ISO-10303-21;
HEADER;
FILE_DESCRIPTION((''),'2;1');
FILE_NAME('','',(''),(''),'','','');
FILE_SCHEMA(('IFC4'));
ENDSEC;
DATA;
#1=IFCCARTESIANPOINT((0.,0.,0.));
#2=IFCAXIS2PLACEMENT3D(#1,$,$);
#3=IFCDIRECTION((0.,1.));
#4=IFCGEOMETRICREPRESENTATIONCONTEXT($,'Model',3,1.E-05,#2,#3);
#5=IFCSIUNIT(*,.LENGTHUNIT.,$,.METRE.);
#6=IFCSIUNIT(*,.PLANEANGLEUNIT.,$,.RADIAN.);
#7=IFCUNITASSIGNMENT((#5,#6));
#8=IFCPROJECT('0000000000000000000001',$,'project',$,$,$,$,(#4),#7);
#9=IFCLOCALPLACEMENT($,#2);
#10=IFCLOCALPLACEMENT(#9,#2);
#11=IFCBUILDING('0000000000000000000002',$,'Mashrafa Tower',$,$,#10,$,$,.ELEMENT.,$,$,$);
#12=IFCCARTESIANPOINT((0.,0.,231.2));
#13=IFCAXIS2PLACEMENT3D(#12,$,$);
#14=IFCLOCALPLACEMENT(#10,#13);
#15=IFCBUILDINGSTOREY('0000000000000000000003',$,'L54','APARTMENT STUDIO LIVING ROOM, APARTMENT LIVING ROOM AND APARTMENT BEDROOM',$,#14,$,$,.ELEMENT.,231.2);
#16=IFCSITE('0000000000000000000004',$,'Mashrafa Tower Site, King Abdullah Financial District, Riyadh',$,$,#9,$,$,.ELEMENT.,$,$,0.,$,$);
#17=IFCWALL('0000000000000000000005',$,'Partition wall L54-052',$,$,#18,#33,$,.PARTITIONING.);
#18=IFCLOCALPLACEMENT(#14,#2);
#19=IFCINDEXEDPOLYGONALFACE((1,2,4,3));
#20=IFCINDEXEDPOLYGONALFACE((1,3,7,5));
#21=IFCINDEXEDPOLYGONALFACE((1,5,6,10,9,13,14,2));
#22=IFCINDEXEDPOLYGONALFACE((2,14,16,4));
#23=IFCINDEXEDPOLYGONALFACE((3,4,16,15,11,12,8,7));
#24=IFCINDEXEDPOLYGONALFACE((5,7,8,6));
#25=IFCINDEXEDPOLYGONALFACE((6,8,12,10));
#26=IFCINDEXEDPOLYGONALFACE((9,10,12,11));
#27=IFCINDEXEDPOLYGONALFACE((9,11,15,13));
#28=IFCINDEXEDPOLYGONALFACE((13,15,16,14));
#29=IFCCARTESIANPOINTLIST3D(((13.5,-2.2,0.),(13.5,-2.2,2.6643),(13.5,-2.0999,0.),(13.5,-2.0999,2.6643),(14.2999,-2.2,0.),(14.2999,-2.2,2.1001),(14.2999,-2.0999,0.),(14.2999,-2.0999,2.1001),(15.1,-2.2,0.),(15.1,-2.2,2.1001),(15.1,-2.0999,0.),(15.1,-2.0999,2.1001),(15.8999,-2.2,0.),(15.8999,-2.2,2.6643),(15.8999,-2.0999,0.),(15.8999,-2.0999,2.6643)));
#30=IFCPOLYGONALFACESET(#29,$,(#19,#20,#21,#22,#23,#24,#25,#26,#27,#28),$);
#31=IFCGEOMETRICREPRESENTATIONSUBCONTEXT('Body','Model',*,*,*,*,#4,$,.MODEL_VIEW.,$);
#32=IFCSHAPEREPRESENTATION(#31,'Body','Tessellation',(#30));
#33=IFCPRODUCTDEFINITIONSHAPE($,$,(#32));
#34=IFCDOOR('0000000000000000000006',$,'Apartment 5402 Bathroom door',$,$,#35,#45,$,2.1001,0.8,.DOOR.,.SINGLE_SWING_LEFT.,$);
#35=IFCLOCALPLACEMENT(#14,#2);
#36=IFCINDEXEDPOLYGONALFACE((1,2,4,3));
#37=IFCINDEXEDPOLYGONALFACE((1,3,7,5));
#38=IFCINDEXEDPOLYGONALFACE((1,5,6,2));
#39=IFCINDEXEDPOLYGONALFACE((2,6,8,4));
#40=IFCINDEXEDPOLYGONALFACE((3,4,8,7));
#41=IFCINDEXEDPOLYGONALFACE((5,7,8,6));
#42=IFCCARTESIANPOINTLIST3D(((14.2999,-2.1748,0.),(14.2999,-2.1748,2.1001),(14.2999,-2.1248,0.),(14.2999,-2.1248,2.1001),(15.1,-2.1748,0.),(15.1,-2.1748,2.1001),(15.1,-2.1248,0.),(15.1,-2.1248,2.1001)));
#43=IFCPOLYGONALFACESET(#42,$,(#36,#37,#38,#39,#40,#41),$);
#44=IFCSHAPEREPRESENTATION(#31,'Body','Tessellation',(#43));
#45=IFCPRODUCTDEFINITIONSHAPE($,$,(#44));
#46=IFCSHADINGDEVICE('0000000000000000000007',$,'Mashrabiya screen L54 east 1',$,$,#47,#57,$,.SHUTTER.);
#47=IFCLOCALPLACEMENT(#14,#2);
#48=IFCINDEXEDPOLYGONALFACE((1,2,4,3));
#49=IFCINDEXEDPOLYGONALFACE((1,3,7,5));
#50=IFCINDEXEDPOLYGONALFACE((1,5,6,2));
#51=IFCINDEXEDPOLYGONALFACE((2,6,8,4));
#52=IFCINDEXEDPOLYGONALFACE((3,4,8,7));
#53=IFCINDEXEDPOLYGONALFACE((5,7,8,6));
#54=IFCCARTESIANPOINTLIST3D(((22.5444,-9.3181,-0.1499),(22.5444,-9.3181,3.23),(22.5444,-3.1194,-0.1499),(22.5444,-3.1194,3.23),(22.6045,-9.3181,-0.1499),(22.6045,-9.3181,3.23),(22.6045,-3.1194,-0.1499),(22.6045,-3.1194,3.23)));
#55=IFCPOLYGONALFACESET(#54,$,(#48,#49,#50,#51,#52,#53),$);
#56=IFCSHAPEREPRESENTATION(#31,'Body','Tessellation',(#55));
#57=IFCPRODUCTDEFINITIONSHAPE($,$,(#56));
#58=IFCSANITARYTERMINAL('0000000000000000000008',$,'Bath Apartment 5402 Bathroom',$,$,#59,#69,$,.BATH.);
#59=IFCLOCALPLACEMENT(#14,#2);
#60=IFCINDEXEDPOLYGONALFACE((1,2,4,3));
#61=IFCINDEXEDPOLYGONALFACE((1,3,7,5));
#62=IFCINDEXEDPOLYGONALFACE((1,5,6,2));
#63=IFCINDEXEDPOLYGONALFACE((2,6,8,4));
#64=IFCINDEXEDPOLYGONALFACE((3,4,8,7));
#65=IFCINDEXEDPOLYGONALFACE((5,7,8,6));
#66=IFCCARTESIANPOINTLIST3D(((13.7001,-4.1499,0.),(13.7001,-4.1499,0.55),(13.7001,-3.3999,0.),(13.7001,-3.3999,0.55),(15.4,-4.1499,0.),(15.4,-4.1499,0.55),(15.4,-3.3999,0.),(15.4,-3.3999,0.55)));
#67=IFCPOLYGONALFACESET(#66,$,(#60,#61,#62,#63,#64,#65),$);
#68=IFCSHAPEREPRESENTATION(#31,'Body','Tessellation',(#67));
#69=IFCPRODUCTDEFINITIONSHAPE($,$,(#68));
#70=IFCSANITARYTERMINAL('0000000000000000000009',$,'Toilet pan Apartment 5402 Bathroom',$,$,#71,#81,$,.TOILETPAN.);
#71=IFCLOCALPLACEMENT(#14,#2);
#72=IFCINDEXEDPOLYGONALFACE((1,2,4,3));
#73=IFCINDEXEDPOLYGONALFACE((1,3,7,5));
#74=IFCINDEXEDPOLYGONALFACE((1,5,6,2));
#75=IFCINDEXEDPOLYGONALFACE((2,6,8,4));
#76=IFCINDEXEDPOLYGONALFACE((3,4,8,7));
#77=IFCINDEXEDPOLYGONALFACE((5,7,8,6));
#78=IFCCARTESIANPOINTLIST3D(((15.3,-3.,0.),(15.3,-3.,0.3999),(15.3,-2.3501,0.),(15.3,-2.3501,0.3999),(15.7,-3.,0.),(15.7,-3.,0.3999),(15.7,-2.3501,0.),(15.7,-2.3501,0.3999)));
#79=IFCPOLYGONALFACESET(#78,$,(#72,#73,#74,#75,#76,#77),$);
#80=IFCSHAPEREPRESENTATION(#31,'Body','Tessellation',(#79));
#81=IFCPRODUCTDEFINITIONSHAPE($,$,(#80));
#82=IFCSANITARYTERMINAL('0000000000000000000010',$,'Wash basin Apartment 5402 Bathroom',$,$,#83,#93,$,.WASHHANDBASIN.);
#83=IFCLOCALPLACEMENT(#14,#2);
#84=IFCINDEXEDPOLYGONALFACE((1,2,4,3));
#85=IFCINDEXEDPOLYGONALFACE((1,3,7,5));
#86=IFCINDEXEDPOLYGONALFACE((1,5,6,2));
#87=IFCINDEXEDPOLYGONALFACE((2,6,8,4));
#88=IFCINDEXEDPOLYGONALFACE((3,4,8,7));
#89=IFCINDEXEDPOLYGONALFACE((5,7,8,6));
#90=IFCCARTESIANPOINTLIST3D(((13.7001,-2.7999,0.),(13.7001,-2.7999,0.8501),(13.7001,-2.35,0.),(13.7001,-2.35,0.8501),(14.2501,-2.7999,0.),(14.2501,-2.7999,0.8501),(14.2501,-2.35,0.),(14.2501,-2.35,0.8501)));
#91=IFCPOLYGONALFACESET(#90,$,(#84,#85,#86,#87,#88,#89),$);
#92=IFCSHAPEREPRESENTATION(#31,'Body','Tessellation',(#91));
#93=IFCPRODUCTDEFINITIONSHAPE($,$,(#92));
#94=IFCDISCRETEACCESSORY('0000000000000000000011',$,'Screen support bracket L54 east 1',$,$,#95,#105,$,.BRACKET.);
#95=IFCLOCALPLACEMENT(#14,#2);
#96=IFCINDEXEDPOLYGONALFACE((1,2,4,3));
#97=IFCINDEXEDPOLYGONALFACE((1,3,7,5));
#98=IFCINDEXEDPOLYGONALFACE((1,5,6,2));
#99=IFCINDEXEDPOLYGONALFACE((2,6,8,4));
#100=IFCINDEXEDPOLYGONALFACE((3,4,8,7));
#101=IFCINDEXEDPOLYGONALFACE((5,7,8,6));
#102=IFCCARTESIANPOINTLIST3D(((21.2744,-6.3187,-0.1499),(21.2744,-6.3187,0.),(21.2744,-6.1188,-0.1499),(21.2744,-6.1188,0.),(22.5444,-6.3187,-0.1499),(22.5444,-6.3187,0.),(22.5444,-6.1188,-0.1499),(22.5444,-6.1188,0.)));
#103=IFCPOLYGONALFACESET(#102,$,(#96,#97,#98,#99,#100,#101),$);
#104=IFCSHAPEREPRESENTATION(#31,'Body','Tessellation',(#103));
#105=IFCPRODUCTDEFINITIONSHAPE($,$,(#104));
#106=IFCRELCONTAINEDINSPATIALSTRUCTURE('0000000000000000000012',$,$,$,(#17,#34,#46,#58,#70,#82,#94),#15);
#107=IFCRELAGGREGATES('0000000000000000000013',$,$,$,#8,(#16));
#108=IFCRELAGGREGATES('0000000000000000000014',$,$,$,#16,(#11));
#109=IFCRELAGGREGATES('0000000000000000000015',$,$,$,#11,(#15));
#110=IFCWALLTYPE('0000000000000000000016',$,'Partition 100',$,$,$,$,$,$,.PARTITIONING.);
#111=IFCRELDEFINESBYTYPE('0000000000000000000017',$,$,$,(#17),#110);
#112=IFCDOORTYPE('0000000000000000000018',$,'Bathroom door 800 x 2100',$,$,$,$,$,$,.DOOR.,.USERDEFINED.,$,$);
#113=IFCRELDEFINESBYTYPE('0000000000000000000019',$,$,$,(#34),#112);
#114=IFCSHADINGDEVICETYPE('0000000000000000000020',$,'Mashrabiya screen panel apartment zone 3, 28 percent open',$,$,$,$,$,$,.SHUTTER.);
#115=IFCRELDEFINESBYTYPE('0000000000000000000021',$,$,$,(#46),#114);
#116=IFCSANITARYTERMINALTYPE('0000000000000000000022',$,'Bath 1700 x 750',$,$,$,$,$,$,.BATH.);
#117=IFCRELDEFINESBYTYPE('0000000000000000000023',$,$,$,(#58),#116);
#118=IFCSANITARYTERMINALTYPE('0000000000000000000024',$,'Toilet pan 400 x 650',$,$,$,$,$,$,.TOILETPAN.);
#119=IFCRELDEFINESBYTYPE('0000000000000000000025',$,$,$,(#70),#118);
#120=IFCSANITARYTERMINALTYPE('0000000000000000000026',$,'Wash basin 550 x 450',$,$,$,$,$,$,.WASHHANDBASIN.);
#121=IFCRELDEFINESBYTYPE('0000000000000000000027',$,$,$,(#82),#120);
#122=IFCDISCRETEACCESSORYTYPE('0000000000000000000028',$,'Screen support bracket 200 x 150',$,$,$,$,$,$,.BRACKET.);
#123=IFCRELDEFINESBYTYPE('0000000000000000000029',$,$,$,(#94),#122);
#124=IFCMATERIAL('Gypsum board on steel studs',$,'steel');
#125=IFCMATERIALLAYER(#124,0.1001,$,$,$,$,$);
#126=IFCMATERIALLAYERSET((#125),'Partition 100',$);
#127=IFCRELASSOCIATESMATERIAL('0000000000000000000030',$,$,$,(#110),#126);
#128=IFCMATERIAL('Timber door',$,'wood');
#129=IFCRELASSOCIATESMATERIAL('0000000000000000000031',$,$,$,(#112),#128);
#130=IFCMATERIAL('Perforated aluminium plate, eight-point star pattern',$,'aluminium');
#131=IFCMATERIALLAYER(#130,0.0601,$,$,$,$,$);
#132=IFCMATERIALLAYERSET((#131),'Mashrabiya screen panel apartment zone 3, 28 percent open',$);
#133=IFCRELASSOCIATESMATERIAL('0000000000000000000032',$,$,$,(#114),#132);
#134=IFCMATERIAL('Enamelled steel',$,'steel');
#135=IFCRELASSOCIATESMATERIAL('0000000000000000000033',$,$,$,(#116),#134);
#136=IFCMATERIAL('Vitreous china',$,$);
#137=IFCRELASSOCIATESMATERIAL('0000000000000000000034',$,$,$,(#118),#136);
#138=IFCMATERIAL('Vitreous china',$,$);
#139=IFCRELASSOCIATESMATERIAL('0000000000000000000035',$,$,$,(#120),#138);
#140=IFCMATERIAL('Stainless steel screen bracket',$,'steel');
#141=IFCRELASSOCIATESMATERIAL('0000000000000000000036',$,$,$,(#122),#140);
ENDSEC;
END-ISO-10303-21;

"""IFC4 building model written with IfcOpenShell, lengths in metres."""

from ifc_helpers import new_model, si_unit, direction, frame, frame_2d, origin, origin_2d, place, context, subcontext, project, spatial, rectangle, extrude, source, transform, mapped, material, layer, layer_set, type_object, type_shapes, element, fill, save


model = new_model("IFC4")

# Units and contexts
model_context = context("Model", 3, precision=1e-05, world=origin(), true_north=direction((0.0, 1.0)))
body_context = subcontext(model_context, "Body", "Model", "MODEL_VIEW")
ifc_project = project(units=[si_unit("LENGTHUNIT", "METRE"), si_unit("PLANEANGLEUNIT", "RADIAN")], contexts=[model_context])

# Site, building, storey
site_placement = place(None, origin())
site = spatial("IfcSite", under=ifc_project, at=site_placement, Name="Mashrafa Tower Site, King Abdullah Financial District, Riyadh", CompositionType="ELEMENT", RefElevation=0.0)
building_placement = place(site_placement, origin())
building = spatial("IfcBuilding", under=site, at=building_placement, Name="Mashrafa Tower", CompositionType="ELEMENT")
storey_placement = place(building_placement, frame((0.0, 0.0, 231.2)))
storey = spatial("IfcBuildingStorey", under=building, at=storey_placement, Name="L54", Description="APARTMENT STUDIO LIVING ROOM, APARTMENT LIVING ROOM AND APARTMENT BEDROOM", CompositionType="ELEMENT", Elevation=231.2)

# Shared definitions
ifc_material_1 = material(Name="Gypsum board on steel studs", Category="steel")
ifc_layer_1 = layer(ifc_material_1, 0.1001)
ifc_layer_set_1 = layer_set([ifc_layer_1], Name="Partition 100")
wall_type_1 = type_object("IfcWallType", Name="Partition 100", PredefinedType="PARTITIONING", material=ifc_layer_set_1)

# Wall, opening, door
wall_1_placement = place(storey_placement, frame((15.8999, -2.1499, 0.0), z_axis=(0.0, 0.0, 1.0), x_axis=(-1.0, 0.0, 0.0)))
wall_1 = element("IfcWall", 1, at=wall_1_placement, inside=storey, type_object=wall_type_1, Name="Partition wall L54-052", PredefinedType="PARTITIONING", context=body_context, shape_type="SweptSolid", body=[
    extrude(rectangle(XDim=2.3999, YDim=0.1001, at=frame_2d((1.2, 0.0))), origin(), (0.0, 0.0, 1.0), 2.6643),
])
opening_1_placement = place(wall_1_placement, frame((0.8, 0.0, 0.0)))
opening_1 = element("IfcOpeningElement", 2, at=opening_1_placement, cuts=wall_1, PredefinedType="OPENING", context=body_context, shape_type="SweptSolid", body=[
    extrude(rectangle(XDim=0.8, YDim=2.1001, at=frame_2d((0.3999, 1.05))), frame((0.0, 0.0601, 0.0), z_axis=(0.0, -1.0, 0.0), x_axis=(1.0, 0.0, 0.0)), (0.0, 0.0, 1.0), 0.1201),
])
ifc_material_2 = material(Name="Timber door", Category="wood")
door_type_1 = type_object("IfcDoorType", Name="Bathroom door 800 x 2100", OperationType="USERDEFINED", PredefinedType="DOOR", material=ifc_material_2)
door_1_placement = place(opening_1_placement, origin())
door_1 = element("IfcDoor", 3, at=door_1_placement, inside=storey, type_object=door_type_1, Name="Apartment 5402 Bathroom door", OperationType="SINGLE_SWING_LEFT", OverallHeight=2.1001, OverallWidth=0.8, PredefinedType="DOOR", context=body_context, shape_type="SweptSolid", body=[
    extrude(rectangle(XDim=0.8, YDim=2.1001, at=frame_2d((0.3999, 1.05))), frame((0.0, 0.0249, 0.0), z_axis=(0.0, -1.0, 0.0), x_axis=(1.0, 0.0, 0.0)), (0.0, 0.0, 1.0), 0.05),
])
fill(opening_1, door_1)

# Shading device
ifc_material_3 = material(Name="Perforated aluminium plate, eight-point star pattern", Category="aluminium")
ifc_layer_2 = layer(ifc_material_3, 0.0601)
ifc_layer_set_2 = layer_set([ifc_layer_2], Name="Mashrabiya screen panel apartment zone 3, 28 percent open")
shading_device_type = type_object("IfcShadingDeviceType", Name="Mashrabiya screen panel apartment zone 3, 28 percent open", PredefinedType="SHUTTER", material=ifc_layer_set_2)
shared_shape_1 = source(origin(), body_context, "Body", "SweptSolid", [
    extrude(rectangle(XDim=6.1987, YDim=0.0601, at=origin_2d()), origin(), (0.0, 0.0, 1.0), 3.3799),
])
type_shapes(shading_device_type, [shared_shape_1])
shading_device_placement = place(storey_placement, frame((22.5745, -6.2188, -0.1499), z_axis=(0.0, 0.0, 1.0), x_axis=(0.0, 1.0, 0.0)))
element("IfcShadingDevice", 4, at=shading_device_placement, inside=storey, type_object=shading_device_type, Name="Mashrabiya screen L54 east 1", PredefinedType="SHUTTER", context=body_context, shape_type="MappedRepresentation", body=[
    mapped(shared_shape_1, transform((0.0, 0.0, 0.0))),
])

# Sanitary terminals
ifc_material_4 = material(Name="Enamelled steel", Category="steel")
sanitary_terminal_type_1 = type_object("IfcSanitaryTerminalType", Name="Bath 1700 x 750", PredefinedType="BATH", material=ifc_material_4)
sanitary_terminal_1_placement = place(storey_placement, frame((14.55, -3.7749, 0.0), z_axis=(0.0, 0.0, 1.0), x_axis=(1.0, 0.0, 0.0)))
element("IfcSanitaryTerminal", 5, at=sanitary_terminal_1_placement, inside=storey, type_object=sanitary_terminal_type_1, Name="Bath Apartment 5402 Bathroom", PredefinedType="BATH", context=body_context, shape_type="SweptSolid", body=[
    extrude(rectangle(XDim=1.7, YDim=0.75, at=origin_2d()), origin(), (0.0, 0.0, 1.0), 0.55),
])
ifc_material_5 = material(Name="Vitreous china")
sanitary_terminal_type_2 = type_object("IfcSanitaryTerminalType", Name="Toilet pan 400 x 650", PredefinedType="TOILETPAN", material=ifc_material_5)
sanitary_terminal_2_placement = place(storey_placement, frame((15.5, -2.675, 0.0), z_axis=(0.0, 0.0, 1.0), x_axis=(-1.0, 0.0, 0.0)))
element("IfcSanitaryTerminal", 6, at=sanitary_terminal_2_placement, inside=storey, type_object=sanitary_terminal_type_2, Name="Toilet pan Apartment 5402 Bathroom", PredefinedType="TOILETPAN", context=body_context, shape_type="SweptSolid", body=[
    extrude(rectangle(XDim=0.3999, YDim=0.6499, at=origin_2d()), origin(), (0.0, 0.0, 1.0), 0.3999),
])
ifc_material_6 = material(Name="Vitreous china")
sanitary_terminal_type_3 = type_object("IfcSanitaryTerminalType", Name="Wash basin 550 x 450", PredefinedType="WASHHANDBASIN", material=ifc_material_6)
sanitary_terminal_3_placement = place(storey_placement, frame((13.9751, -2.575, 0.0), z_axis=(0.0, 0.0, 1.0), x_axis=(-1.0, 0.0, 0.0)))
element("IfcSanitaryTerminal", 7, at=sanitary_terminal_3_placement, inside=storey, type_object=sanitary_terminal_type_3, Name="Wash basin Apartment 5402 Bathroom", PredefinedType="WASHHANDBASIN", context=body_context, shape_type="SweptSolid", body=[
    extrude(rectangle(XDim=0.55, YDim=0.45, at=origin_2d()), origin(), (0.0, 0.0, 1.0), 0.8501),
])

# Discrete accessory
ifc_material_7 = material(Name="Stainless steel screen bracket", Category="steel")
discrete_accessory_type = type_object("IfcDiscreteAccessoryType", Name="Screen support bracket 200 x 150", PredefinedType="BRACKET", material=ifc_material_7)
shared_shape_2 = source(origin(), body_context, "Body", "SweptSolid", [
    extrude(rectangle(XDim=0.2, YDim=1.27, at=origin_2d()), origin(), (0.0, 0.0, 1.0), 0.1499),
])
type_shapes(discrete_accessory_type, [shared_shape_2])
discrete_accessory_placement = place(storey_placement, frame((21.9094, -6.2188, -0.1499), z_axis=(0.0, 0.0, 1.0), x_axis=(0.0, 1.0, 0.0)))
element("IfcDiscreteAccessory", 8, at=discrete_accessory_placement, inside=storey, type_object=discrete_accessory_type, Name="Screen support bracket L54 east 1", PredefinedType="BRACKET", context=body_context, shape_type="MappedRepresentation", body=[
    mapped(shared_shape_2, transform((0.0, 0.0, 0.0))),
])

save(model, "model.ifc")
